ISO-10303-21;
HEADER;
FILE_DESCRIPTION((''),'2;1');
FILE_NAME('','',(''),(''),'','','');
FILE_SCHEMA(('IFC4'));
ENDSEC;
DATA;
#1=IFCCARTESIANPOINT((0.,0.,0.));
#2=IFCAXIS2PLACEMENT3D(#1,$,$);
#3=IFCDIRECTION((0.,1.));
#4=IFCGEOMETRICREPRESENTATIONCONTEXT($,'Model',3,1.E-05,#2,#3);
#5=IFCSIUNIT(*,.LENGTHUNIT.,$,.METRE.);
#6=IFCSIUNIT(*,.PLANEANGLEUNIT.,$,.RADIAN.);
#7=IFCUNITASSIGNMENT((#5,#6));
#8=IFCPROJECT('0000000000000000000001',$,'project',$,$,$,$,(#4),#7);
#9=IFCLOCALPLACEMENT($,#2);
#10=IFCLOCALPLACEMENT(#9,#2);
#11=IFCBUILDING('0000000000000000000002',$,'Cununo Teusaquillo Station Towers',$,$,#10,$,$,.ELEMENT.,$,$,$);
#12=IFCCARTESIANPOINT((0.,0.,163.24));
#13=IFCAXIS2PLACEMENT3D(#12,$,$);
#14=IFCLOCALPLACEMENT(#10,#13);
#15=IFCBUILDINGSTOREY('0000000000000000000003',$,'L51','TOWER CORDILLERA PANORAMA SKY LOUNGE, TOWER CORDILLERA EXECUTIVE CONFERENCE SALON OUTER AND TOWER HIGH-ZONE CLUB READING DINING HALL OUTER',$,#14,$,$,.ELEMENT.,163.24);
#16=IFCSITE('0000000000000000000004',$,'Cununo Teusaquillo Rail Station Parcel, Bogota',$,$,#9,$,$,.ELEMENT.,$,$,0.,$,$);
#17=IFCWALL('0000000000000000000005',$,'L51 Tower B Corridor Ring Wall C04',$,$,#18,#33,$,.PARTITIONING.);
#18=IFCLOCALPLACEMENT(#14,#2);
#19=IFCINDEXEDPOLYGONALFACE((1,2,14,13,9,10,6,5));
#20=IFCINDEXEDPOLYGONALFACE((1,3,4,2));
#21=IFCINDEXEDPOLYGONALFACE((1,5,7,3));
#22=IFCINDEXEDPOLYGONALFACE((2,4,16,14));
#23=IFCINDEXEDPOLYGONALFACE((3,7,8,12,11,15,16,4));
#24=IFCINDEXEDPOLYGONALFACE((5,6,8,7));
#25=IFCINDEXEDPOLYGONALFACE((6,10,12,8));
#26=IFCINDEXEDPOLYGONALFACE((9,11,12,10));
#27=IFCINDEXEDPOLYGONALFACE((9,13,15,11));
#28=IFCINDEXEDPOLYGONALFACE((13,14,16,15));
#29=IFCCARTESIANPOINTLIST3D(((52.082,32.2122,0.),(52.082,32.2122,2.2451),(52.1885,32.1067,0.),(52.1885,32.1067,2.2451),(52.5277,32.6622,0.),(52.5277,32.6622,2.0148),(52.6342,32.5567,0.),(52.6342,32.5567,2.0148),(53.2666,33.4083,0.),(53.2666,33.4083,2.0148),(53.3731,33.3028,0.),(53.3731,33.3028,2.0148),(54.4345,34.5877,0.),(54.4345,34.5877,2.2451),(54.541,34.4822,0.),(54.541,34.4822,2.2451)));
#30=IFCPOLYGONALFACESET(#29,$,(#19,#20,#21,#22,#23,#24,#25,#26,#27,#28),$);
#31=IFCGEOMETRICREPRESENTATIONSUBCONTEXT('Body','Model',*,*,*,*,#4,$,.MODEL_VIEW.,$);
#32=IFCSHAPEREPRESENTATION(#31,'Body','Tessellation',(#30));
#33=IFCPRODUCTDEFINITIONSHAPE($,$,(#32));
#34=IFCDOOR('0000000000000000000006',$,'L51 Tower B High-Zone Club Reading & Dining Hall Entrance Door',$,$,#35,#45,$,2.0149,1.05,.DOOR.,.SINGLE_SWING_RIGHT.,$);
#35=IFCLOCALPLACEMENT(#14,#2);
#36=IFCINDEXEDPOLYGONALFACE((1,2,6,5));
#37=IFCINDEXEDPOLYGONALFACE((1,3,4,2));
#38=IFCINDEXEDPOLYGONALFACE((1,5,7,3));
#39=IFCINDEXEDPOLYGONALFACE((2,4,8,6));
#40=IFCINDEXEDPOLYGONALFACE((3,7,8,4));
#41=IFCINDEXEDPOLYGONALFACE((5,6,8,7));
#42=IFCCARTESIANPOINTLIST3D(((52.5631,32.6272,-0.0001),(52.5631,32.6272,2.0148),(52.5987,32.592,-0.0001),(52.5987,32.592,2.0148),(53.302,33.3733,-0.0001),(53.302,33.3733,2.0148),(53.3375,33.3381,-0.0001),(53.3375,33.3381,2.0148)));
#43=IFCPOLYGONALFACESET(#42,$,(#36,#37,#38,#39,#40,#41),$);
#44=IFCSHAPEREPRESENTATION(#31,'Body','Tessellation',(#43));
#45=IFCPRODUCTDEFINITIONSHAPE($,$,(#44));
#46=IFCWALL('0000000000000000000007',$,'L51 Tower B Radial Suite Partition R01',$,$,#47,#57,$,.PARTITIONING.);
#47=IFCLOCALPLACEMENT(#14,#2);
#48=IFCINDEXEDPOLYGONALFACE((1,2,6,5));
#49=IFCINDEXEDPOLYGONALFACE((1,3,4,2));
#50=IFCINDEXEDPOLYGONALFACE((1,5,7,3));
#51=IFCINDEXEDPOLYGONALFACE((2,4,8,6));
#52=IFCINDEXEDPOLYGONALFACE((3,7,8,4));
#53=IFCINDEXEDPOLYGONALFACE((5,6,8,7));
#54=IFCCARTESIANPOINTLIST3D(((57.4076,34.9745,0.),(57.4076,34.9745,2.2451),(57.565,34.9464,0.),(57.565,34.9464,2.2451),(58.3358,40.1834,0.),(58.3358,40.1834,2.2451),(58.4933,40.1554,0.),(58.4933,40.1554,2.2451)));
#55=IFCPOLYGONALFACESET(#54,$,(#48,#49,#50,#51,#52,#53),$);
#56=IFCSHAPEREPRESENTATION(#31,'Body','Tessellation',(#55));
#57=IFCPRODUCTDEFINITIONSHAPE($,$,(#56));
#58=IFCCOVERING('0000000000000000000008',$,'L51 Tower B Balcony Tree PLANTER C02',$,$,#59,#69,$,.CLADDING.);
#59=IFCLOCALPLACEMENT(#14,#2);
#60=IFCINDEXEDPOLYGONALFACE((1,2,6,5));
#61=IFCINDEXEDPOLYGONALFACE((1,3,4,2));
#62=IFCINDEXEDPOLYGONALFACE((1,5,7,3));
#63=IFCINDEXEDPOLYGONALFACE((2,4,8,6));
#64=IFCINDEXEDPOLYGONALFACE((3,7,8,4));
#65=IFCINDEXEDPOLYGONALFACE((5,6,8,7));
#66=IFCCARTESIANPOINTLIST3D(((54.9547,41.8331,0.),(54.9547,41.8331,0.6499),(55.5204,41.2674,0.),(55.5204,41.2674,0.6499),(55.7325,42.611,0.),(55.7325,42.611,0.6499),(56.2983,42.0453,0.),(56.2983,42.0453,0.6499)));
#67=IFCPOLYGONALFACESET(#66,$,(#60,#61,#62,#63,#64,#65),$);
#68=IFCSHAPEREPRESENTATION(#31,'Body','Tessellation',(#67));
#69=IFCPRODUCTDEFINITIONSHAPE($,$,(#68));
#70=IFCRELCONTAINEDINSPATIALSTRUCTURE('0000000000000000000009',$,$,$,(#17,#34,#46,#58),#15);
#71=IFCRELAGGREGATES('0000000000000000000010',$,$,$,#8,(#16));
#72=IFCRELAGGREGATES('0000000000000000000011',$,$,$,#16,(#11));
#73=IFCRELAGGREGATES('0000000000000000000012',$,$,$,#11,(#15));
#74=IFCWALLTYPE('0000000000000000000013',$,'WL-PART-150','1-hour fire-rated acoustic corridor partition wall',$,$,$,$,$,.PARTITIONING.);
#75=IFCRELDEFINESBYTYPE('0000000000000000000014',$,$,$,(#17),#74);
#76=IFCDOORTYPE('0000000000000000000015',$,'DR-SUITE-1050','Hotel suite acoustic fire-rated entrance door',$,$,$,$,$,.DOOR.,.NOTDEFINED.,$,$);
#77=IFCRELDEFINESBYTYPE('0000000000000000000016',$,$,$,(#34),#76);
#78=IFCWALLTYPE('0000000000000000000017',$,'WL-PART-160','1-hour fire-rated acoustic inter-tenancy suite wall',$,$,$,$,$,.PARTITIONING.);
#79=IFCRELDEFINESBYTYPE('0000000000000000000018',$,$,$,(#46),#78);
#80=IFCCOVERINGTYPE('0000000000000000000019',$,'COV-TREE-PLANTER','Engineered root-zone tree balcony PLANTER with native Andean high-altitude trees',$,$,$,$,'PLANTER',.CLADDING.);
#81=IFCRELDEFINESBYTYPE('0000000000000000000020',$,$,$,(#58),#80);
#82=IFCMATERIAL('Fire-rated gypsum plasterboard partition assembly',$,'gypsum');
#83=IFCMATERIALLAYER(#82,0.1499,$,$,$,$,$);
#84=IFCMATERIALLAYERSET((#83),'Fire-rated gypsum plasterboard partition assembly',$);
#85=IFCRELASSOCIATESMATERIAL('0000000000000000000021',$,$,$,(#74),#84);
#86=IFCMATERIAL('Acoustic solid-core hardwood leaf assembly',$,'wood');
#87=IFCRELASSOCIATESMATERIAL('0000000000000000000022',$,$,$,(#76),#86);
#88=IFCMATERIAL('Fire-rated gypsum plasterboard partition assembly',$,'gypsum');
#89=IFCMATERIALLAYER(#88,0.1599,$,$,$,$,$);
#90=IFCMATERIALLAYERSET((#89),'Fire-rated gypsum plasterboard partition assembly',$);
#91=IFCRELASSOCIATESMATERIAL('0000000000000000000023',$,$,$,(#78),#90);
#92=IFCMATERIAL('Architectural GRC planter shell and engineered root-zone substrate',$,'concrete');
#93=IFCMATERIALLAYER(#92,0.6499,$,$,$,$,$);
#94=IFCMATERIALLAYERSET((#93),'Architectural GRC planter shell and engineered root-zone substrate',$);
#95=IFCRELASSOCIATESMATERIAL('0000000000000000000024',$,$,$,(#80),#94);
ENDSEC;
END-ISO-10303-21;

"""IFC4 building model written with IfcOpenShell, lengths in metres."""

from ifc_helpers import new_model, si_unit, direction, frame, frame_2d, origin, origin_2d, place, context, subcontext, project, spatial, rectangle, extrude, source, transform, mapped, material, layer, layer_set, type_object, element, fill, save


model = new_model("IFC4")

# Units and contexts
model_context = context("Model", 3, precision=1e-05, world=origin(), true_north=direction((0.0, 1.0)))
body_context = subcontext(model_context, "Body", "Model", "MODEL_VIEW")
ifc_project = project(units=[si_unit("LENGTHUNIT", "METRE"), si_unit("PLANEANGLEUNIT", "RADIAN")], contexts=[model_context])

# Site, building, storey
site_placement = place(None, origin())
site = spatial("IfcSite", under=ifc_project, at=site_placement, Name="Cununo Teusaquillo Rail Station Parcel, Bogota", CompositionType="ELEMENT", RefElevation=0.0)
building_placement = place(site_placement, origin())
building = spatial("IfcBuilding", under=site, at=building_placement, Name="Cununo Teusaquillo Station Towers", CompositionType="ELEMENT")
storey_placement = place(building_placement, frame((0.0, 0.0, 163.24)))
storey = spatial("IfcBuildingStorey", under=building, at=storey_placement, Name="L51", Description="TOWER CORDILLERA PANORAMA SKY LOUNGE, TOWER CORDILLERA EXECUTIVE CONFERENCE SALON OUTER AND TOWER HIGH-ZONE CLUB READING DINING HALL OUTER", CompositionType="ELEMENT", Elevation=163.24)

# Shared definitions
ifc_material_1 = material(Name="Fire-rated gypsum plasterboard partition assembly", Category="gypsum")
ifc_layer_1 = layer(ifc_material_1, 0.1499)
ifc_layer_set_1 = layer_set([ifc_layer_1], Name="Fire-rated gypsum plasterboard partition assembly")
wall_type_1 = type_object("IfcWallType", Name="WL-PART-150", Description="1-hour fire-rated acoustic corridor partition wall", PredefinedType="PARTITIONING", material=ifc_layer_set_1)

# Wall, opening, door
wall_1_placement = place(storey_placement, frame((54.4878, 34.5349, 0.0), z_axis=(0.0, 0.0, 1.0), x_axis=(-0.703666, -0.710531, 0.0)))
wall_1 = element("IfcWall", 1, at=wall_1_placement, inside=storey, type_object=wall_type_1, Name="L51 Tower B Corridor Ring Wall C04", PredefinedType="PARTITIONING", context=body_context, shape_type="SweptSolid", body=[
    extrude(rectangle(XDim=3.3433, YDim=0.1499, at=frame_2d((1.6716, 0.0))), origin(), (0.0, 0.0, 1.0), 2.2451),
])
shared_shape_1 = source(origin(), body_context, "Body", "SweptSolid", [
    extrude(rectangle(XDim=1.05, YDim=2.0149, at=frame_2d((0.5249, 1.0073))), frame((0.0, 0.085, 0.0), z_axis=(0.0, -1.0, 0.0), x_axis=(1.0, 0.0, 0.0)), (0.0, 0.0, 1.0), 0.1699),
])
opening_1_placement = place(wall_1_placement, frame((1.6599, 0.0, 0.0)))
opening_1 = element("IfcOpeningElement", 2, at=opening_1_placement, cuts=wall_1, PredefinedType="OPENING", context=body_context, shape_type="MappedRepresentation", body=[
    mapped(shared_shape_1, transform((0.0, 0.0, 0.0), x_axis=(1.0, 0.0, 0.0), y_axis=(0.0, 1.0, 0.0), z_axis=(0.0, 0.0, 1.0), scale=1.0)),
])
ifc_material_2 = material(Name="Acoustic solid-core hardwood leaf assembly", Category="wood")
door_type_1 = type_object("IfcDoorType", Name="DR-SUITE-1050", Description="Hotel suite acoustic fire-rated entrance door", OperationType="NOTDEFINED", PredefinedType="DOOR", material=ifc_material_2)
shared_shape_2 = source(origin(), body_context, "Body", "SweptSolid", [
    extrude(rectangle(XDim=1.05, YDim=2.0149, at=frame_2d((0.5249, 1.0073))), frame((0.0, 0.0249, 0.0), z_axis=(0.0, -1.0, 0.0), x_axis=(1.0, 0.0, 0.0)), (0.0, 0.0, 1.0), 0.05),
])
door_1_placement = place(opening_1_placement, origin())
door_1 = element("IfcDoor", 3, at=door_1_placement, inside=storey, type_object=door_type_1, Name="L51 Tower B High-Zone Club Reading & Dining Hall Entrance Door", OperationType="SINGLE_SWING_RIGHT", OverallHeight=2.0149, OverallWidth=1.05, PredefinedType="DOOR", context=body_context, shape_type="MappedRepresentation", body=[
    mapped(shared_shape_2, transform((0.0, 0.0, 0.0), x_axis=(1.0, 0.0, 0.0), y_axis=(0.0, 1.0, 0.0), z_axis=(0.0, 0.0, 1.0), scale=1.0)),
])
fill(opening_1, door_1)

# Wall
ifc_material_3 = material(Name="Fire-rated gypsum plasterboard partition assembly", Category="gypsum")
ifc_layer_2 = layer(ifc_material_3, 0.1599)
ifc_layer_set_2 = layer_set([ifc_layer_2], Name="Fire-rated gypsum plasterboard partition assembly")
wall_type_2 = type_object("IfcWallType", Name="WL-PART-160", Description="1-hour fire-rated acoustic inter-tenancy suite wall", PredefinedType="PARTITIONING", material=ifc_layer_set_2)
wall_2_placement = place(storey_placement, frame((57.4863, 34.9604, 0.0), z_axis=(0.0, 0.0, 1.0), x_axis=(0.175433, 0.984491, 0.0)))
element("IfcWall", 4, at=wall_2_placement, inside=storey, type_object=wall_type_2, Name="L51 Tower B Radial Suite Partition R01", PredefinedType="PARTITIONING", context=body_context, shape_type="SweptSolid", body=[
    extrude(rectangle(XDim=5.291, YDim=0.1599, at=frame_2d((2.6455, 0.0))), origin(), (0.0, 0.0, 1.0), 2.2451),
])

# Covering
ifc_material_4 = material(Name="Architectural GRC planter shell and engineered root-zone substrate", Category="concrete")
ifc_layer_3 = layer(ifc_material_4, 0.6499)
ifc_layer_set_3 = layer_set([ifc_layer_3], Name="Architectural GRC planter shell and engineered root-zone substrate")
covering_type = type_object("IfcCoveringType", Name="COV-TREE-PLANTER", Description="Engineered root-zone tree balcony PLANTER with native Andean high-altitude trees", ElementType="PLANTER", PredefinedType="CLADDING", material=ifc_layer_set_3)
shared_shape_3 = source(origin(), body_context, "Body", "SweptSolid", [
    extrude(rectangle(XDim=1.1001, YDim=0.8, at=origin_2d()), origin(), (0.0, 0.0, 1.0), 0.6499),
])
covering_placement = place(storey_placement, frame((55.6265, 41.9392, 0.0), z_axis=(0.0, 0.0, 1.0), x_axis=(0.707107, 0.707107, 0.0)))
element("IfcCovering", 5, at=covering_placement, inside=storey, type_object=covering_type, Name="L51 Tower B Balcony Tree PLANTER C02", PredefinedType="CLADDING", context=body_context, shape_type="MappedRepresentation", body=[
    mapped(shared_shape_3, transform((0.0, 0.0, 0.0), x_axis=(1.0, 0.0, 0.0), y_axis=(0.0, 1.0, 0.0), z_axis=(0.0, 0.0, 1.0), scale=1.0)),
])

save(model, "model.ifc")
